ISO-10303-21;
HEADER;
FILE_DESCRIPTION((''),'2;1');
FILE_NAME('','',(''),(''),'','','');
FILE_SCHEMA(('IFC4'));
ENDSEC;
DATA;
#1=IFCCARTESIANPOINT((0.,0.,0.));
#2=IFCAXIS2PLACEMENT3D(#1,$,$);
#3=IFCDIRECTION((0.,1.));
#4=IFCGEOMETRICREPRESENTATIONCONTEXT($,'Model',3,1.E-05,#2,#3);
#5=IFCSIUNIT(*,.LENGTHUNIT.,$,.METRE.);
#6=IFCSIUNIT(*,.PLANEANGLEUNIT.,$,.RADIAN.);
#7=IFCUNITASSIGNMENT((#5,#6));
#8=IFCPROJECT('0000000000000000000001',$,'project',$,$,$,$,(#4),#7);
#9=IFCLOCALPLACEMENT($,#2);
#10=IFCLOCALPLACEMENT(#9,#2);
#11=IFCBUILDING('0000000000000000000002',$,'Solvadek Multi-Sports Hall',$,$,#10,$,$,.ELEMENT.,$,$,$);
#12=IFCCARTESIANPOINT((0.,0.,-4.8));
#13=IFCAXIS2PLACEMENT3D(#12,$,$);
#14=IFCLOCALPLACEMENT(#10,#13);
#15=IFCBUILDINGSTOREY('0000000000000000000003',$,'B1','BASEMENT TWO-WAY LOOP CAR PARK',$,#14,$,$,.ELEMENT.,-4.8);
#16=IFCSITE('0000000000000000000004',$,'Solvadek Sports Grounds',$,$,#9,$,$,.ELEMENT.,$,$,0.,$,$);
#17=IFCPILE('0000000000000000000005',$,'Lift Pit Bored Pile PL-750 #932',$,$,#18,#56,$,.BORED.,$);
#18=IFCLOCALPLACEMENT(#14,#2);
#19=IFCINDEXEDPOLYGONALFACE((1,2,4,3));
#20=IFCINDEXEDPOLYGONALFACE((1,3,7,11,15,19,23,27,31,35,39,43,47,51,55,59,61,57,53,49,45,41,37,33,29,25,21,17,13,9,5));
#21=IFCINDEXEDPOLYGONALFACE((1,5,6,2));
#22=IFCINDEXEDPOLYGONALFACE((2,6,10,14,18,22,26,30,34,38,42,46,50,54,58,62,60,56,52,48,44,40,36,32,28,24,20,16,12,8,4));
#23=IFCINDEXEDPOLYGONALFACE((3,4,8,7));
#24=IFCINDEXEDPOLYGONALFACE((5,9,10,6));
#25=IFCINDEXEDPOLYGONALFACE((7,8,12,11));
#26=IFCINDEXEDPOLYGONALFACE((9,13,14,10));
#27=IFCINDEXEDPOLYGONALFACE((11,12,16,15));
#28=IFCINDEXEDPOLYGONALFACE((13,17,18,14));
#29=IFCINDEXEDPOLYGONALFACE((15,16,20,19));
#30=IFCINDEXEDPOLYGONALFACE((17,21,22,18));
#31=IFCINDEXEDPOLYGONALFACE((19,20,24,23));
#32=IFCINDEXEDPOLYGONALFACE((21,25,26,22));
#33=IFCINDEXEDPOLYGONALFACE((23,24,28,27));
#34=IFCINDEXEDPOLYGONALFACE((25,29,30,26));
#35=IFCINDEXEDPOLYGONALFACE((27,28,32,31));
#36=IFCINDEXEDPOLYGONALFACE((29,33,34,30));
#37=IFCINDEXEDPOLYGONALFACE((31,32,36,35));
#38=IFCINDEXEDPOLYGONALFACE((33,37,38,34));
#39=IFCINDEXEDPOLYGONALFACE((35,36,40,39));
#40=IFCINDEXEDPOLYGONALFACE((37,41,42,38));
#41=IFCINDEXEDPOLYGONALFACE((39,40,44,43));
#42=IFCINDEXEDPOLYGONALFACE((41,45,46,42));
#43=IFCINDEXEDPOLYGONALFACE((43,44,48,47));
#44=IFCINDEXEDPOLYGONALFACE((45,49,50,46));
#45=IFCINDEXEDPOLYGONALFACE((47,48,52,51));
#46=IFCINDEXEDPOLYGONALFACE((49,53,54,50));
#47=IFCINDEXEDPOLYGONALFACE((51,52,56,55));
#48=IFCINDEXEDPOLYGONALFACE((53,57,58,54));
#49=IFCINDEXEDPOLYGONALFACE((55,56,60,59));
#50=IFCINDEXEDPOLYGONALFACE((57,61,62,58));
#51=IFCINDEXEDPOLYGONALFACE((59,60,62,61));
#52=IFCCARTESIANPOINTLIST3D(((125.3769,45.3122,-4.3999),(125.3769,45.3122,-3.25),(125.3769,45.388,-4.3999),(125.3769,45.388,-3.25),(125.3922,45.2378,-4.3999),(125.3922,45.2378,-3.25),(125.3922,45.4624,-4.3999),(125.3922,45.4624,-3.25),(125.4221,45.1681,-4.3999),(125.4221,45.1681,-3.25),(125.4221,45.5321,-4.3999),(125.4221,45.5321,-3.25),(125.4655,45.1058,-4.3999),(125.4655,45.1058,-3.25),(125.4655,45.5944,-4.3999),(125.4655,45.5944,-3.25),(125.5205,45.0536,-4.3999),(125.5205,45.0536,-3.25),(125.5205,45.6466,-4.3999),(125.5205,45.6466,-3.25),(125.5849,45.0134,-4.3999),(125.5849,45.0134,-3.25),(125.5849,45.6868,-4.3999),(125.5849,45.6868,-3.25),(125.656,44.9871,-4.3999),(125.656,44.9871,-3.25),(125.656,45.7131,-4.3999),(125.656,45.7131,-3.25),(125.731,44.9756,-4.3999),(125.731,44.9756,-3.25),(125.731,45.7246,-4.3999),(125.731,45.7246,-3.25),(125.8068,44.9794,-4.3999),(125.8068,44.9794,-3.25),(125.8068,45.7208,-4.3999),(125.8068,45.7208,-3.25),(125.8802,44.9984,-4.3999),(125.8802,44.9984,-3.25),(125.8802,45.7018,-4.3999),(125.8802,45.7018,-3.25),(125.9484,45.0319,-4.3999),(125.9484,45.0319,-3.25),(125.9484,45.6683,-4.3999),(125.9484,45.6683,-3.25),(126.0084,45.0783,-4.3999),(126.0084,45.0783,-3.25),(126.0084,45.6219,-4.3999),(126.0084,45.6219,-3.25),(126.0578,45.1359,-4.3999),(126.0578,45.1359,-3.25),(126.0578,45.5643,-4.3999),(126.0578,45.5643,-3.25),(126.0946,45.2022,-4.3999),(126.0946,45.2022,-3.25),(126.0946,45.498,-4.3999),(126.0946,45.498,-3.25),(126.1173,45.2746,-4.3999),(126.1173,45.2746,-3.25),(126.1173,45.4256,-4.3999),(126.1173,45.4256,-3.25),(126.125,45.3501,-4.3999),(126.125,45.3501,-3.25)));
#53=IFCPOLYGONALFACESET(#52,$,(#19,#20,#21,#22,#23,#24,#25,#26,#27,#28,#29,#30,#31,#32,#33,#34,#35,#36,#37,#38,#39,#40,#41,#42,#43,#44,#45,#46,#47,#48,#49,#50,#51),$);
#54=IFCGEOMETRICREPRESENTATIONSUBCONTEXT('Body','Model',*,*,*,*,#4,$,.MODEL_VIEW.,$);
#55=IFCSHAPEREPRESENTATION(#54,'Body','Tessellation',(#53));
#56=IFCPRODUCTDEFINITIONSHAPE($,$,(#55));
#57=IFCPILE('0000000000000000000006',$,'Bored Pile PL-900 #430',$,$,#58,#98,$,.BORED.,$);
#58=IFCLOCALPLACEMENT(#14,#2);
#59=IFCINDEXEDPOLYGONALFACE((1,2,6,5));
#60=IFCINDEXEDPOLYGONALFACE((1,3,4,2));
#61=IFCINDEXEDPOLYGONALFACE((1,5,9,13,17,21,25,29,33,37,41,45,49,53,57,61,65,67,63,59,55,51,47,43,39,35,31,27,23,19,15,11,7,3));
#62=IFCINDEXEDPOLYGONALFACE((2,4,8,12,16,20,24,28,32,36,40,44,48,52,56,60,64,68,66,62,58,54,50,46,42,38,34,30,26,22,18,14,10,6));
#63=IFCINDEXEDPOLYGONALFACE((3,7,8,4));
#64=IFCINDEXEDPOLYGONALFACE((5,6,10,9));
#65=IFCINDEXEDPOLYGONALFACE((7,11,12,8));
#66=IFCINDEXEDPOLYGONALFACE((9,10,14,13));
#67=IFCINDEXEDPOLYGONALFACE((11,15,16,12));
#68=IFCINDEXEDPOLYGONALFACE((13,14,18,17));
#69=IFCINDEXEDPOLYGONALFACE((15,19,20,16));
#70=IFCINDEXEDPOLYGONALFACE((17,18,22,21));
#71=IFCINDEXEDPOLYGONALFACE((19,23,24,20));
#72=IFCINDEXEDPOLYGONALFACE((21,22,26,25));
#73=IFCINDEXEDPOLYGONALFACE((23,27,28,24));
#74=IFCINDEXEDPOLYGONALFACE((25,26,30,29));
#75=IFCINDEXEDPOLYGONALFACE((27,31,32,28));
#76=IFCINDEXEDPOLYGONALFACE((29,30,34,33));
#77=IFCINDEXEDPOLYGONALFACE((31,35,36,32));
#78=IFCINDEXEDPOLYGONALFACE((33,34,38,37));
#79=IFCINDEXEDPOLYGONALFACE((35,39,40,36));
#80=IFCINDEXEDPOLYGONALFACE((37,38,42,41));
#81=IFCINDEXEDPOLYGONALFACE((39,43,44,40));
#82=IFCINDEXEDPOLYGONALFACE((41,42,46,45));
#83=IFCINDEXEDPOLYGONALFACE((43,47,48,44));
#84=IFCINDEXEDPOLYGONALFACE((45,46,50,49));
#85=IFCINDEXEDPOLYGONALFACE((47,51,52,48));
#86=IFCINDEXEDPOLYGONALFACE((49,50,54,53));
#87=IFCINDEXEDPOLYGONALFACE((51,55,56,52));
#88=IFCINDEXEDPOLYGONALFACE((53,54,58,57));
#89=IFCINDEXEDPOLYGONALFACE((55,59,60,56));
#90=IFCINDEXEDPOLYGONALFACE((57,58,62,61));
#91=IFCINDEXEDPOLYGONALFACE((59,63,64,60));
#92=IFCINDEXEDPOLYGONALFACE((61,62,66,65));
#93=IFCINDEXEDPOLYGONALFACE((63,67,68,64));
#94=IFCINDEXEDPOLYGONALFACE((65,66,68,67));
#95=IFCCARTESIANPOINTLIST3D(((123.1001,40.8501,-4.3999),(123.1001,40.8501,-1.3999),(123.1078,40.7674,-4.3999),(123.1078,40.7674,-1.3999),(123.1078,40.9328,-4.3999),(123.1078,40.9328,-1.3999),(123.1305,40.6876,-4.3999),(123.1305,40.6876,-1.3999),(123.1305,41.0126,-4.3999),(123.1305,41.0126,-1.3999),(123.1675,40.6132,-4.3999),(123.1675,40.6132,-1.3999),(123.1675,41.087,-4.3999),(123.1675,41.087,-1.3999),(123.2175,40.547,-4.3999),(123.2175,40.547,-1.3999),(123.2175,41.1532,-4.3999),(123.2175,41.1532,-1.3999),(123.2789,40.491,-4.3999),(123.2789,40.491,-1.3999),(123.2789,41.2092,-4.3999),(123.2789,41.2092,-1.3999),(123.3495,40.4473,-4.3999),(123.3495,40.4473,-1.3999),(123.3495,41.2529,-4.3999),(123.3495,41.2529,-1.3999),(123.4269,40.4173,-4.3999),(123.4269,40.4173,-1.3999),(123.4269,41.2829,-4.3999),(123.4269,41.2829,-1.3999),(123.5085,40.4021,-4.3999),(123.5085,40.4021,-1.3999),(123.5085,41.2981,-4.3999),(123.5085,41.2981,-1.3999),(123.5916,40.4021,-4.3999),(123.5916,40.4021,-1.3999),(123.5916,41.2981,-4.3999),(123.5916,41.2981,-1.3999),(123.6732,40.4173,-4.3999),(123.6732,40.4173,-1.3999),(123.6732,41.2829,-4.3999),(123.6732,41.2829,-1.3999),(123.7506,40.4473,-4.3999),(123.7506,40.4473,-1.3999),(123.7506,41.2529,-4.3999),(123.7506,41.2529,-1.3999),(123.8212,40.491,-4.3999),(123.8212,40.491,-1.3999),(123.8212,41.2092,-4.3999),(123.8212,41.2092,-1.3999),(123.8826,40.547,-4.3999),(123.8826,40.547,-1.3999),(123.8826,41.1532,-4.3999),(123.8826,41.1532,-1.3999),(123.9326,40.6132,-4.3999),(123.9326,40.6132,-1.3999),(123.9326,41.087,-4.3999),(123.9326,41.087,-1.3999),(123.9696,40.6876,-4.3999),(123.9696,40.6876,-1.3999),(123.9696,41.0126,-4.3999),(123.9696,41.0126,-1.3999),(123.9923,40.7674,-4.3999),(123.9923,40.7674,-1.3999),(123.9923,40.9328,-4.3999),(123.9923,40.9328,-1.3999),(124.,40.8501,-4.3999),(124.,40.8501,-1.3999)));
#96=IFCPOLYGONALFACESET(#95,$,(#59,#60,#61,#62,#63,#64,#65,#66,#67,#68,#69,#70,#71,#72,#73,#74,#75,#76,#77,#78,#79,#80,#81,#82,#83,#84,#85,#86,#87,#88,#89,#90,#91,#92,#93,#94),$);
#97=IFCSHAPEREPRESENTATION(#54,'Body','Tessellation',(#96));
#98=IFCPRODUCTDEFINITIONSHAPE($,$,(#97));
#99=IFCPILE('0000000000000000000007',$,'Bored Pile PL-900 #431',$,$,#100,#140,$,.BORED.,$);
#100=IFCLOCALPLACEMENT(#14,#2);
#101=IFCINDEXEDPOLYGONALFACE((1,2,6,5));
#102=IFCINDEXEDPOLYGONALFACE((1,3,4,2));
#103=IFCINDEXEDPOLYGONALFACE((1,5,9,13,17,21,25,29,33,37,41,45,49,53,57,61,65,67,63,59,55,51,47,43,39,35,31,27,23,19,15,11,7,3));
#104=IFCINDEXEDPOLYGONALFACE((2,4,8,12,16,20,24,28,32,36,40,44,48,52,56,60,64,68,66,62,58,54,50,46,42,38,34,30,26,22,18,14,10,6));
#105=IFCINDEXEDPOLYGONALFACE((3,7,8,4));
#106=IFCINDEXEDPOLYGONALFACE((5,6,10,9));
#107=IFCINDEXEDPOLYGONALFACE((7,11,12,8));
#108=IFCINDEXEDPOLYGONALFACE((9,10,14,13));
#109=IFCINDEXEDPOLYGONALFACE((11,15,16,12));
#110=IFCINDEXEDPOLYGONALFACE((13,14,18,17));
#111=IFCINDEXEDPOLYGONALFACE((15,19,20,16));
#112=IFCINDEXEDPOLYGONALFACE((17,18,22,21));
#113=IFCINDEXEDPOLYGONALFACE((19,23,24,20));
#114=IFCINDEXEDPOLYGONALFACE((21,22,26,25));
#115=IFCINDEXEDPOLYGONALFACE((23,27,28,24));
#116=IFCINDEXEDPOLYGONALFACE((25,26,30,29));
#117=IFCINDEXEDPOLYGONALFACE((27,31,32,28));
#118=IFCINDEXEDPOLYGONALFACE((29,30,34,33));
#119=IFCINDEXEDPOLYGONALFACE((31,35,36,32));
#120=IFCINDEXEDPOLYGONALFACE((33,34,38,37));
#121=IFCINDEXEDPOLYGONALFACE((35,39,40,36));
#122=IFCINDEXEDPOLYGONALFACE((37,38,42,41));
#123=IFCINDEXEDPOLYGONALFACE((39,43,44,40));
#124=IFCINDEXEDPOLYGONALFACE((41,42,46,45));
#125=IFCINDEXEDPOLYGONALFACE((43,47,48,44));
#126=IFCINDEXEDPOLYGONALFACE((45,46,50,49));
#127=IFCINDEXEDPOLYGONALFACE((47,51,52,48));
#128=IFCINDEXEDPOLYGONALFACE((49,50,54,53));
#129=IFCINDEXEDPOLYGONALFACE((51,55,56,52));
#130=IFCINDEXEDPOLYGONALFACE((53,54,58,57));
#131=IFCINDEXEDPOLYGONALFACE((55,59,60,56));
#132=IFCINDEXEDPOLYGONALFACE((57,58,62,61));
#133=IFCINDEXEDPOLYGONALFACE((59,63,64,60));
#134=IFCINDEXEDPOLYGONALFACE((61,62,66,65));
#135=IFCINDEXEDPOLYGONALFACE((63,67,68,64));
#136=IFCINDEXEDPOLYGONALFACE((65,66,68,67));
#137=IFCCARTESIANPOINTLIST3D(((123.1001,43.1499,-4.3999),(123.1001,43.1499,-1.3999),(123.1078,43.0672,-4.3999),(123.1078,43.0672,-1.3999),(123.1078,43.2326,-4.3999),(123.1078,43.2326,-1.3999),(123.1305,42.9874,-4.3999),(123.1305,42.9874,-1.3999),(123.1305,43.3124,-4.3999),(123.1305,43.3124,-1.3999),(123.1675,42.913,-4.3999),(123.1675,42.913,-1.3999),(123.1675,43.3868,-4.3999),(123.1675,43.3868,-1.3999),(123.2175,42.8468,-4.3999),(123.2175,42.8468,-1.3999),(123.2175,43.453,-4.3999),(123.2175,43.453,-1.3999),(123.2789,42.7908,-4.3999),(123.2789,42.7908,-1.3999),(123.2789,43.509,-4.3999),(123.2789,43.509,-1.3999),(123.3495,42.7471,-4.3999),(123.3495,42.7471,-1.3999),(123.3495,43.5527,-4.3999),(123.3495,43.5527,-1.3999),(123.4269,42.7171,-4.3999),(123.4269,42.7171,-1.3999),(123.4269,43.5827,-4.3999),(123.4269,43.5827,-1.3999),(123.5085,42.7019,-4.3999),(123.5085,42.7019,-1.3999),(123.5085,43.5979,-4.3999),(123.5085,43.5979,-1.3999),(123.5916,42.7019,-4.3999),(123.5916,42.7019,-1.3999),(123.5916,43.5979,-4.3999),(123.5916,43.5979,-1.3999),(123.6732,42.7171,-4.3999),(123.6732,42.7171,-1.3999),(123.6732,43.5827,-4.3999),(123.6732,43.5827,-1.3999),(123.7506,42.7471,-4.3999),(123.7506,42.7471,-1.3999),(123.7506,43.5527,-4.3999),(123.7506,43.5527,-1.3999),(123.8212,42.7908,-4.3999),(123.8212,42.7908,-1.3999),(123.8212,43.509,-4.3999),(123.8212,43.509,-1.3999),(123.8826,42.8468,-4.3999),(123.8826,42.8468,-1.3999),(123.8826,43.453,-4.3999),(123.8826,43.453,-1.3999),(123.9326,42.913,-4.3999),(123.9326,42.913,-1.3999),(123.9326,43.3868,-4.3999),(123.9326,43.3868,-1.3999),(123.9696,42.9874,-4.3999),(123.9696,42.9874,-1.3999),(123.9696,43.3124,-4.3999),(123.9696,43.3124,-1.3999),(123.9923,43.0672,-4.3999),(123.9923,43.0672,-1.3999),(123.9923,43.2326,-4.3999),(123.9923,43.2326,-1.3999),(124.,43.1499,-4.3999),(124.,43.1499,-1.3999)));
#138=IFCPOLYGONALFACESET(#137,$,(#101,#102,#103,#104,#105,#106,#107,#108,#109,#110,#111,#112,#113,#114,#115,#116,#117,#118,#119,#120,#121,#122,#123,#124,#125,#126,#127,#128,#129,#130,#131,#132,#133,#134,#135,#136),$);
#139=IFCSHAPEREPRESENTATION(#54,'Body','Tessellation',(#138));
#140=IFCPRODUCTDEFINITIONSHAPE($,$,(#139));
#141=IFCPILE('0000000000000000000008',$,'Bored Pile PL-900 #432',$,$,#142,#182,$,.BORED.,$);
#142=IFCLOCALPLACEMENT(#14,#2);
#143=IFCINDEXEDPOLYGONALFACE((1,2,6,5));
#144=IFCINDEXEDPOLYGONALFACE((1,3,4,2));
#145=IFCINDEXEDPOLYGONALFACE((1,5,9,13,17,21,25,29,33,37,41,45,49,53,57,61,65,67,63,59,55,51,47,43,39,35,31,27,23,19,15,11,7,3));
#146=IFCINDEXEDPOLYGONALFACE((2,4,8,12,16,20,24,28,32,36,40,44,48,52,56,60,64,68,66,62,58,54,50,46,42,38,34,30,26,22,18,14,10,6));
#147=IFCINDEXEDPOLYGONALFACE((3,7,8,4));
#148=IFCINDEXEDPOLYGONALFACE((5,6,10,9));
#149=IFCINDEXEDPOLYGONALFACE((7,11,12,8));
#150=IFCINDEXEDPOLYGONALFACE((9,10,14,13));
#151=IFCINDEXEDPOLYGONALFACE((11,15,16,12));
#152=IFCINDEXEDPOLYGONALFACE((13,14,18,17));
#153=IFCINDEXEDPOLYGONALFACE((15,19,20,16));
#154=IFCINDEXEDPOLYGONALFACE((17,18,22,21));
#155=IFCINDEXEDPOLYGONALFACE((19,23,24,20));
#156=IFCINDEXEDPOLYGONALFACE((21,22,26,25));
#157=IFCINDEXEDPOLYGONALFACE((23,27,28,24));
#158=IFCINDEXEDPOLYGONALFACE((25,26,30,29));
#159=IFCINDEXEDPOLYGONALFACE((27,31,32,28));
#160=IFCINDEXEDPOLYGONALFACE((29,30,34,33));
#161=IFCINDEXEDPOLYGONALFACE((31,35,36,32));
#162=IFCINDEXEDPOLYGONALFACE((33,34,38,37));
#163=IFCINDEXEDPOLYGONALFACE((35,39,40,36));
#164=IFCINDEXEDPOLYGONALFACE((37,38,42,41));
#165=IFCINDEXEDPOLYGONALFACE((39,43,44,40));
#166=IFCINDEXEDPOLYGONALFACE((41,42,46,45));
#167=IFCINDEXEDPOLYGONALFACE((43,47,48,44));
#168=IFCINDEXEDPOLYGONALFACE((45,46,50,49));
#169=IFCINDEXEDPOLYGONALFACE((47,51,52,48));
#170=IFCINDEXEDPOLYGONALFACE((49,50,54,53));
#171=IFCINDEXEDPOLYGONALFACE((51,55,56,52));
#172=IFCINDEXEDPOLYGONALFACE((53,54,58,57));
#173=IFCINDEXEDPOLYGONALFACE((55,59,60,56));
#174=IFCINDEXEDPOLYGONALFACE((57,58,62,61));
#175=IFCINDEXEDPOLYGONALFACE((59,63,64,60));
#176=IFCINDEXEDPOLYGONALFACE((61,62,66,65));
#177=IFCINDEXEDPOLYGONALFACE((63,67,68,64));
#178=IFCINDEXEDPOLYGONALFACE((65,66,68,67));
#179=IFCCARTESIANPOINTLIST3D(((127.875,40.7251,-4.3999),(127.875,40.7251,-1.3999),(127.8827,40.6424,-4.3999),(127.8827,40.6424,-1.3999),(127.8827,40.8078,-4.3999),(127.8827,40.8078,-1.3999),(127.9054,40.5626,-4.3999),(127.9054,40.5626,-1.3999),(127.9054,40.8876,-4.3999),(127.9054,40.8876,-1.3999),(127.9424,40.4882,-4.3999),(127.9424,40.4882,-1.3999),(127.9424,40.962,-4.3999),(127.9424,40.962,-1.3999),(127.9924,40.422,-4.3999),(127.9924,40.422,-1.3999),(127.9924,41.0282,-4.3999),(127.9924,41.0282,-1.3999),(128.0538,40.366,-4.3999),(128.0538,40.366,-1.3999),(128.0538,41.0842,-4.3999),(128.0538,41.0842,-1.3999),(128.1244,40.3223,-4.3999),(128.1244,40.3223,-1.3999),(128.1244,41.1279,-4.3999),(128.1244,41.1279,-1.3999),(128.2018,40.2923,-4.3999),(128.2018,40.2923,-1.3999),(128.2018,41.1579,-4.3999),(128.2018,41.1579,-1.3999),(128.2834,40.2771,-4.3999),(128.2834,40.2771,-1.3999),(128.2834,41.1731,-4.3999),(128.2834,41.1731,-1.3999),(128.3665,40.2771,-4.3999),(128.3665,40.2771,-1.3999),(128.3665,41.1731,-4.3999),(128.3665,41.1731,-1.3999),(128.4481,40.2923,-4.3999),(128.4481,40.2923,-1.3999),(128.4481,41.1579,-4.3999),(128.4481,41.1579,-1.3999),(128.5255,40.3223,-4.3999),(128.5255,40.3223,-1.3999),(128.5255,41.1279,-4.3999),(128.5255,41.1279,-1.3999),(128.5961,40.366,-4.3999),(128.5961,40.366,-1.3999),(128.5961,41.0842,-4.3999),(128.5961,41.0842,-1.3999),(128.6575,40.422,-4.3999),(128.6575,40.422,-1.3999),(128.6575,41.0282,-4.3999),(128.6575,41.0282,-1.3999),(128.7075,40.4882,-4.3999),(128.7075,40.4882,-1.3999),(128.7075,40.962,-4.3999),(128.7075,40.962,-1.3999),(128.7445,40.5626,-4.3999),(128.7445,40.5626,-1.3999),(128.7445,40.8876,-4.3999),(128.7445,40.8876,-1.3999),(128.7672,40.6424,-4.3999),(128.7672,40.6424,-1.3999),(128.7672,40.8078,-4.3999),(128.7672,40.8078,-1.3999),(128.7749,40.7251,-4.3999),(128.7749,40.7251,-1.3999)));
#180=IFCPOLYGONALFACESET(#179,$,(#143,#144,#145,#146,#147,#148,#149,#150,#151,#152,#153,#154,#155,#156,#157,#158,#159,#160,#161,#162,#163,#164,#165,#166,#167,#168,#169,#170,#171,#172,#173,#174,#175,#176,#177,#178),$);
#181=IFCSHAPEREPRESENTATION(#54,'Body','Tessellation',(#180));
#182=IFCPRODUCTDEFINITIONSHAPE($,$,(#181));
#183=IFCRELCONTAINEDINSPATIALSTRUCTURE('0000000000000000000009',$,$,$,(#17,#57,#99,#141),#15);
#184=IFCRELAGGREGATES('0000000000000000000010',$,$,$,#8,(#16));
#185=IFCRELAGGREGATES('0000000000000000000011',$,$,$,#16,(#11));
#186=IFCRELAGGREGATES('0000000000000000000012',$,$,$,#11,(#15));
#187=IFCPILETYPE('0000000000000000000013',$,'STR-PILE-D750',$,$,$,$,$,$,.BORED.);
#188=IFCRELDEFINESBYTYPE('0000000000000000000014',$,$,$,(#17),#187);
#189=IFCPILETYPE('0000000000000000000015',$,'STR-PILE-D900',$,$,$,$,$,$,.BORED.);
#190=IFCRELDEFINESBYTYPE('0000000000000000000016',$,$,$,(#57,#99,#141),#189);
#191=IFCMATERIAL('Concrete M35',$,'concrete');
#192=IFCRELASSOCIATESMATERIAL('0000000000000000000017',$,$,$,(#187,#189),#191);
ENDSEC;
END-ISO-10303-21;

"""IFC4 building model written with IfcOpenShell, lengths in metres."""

from ifc_helpers import new_model, si_unit, direction, frame, origin, origin_2d, place, context, subcontext, project, spatial, circle, extrude, material, material_profile, profile_set, type_object, element, save


model = new_model("IFC4")

# Units and contexts
model_context = context("Model", 3, precision=1e-05, world=origin(), true_north=direction((0.0, 1.0)))
body_context = subcontext(model_context, "Body", "Model", "MODEL_VIEW")
ifc_project = project(units=[si_unit("LENGTHUNIT", "METRE"), si_unit("PLANEANGLEUNIT", "RADIAN")], contexts=[model_context])

# Site, building, storey
site_placement = place(None, origin())
site = spatial("IfcSite", under=ifc_project, at=site_placement, Name="Solvadek Sports Grounds", CompositionType="ELEMENT", RefElevation=0.0)
building_placement = place(site_placement, origin())
building = spatial("IfcBuilding", under=site, at=building_placement, Name="Solvadek Multi-Sports Hall", CompositionType="ELEMENT")
storey_placement = place(building_placement, frame((0.0, 0.0, -4.8)))
storey = spatial("IfcBuildingStorey", under=building, at=storey_placement, Name="B1", Description="BASEMENT TWO-WAY LOOP CAR PARK", CompositionType="ELEMENT", Elevation=-4.8)

# Piles
ifc_material_1 = material(Name="Concrete M35", Category="concrete")
ifc_material_profile_1 = material_profile(ifc_material_1, circle(Radius=0.375, at=origin_2d()), Name="BORED PILE D750")
ifc_profile_set_1 = profile_set([ifc_material_profile_1], Name="Concrete M35")
pile_type_1 = type_object("IfcPileType", Name="STR-PILE-D750", PredefinedType="BORED", material=ifc_profile_set_1)
for number, where, z_axis, x_axis, name in (
    (1, (125.75, 45.3501, -3.25), (0.0, 0.0, -1.0), (1.0, 0.0, 0.0), "Lift Pit Bored Pile PL-750 #932"),
):
    element("IfcPile", number, at=place(storey_placement, frame(where, z_axis=z_axis, x_axis=x_axis)), inside=storey, type_object=pile_type_1, Name=name, PredefinedType="BORED", context=body_context, shape_type="SweptSolid", body=[
        extrude(circle(Radius=0.375, at=origin_2d()), origin(), (0.0, 0.0, 1.0), 1.1499),
    ])
ifc_material_profile_2 = material_profile(ifc_material_1, circle(Radius=0.45, at=origin_2d()), Name="BORED PILE D900")
ifc_profile_set_2 = profile_set([ifc_material_profile_2], Name="Concrete M35")
pile_type_2 = type_object("IfcPileType", Name="STR-PILE-D900", PredefinedType="BORED", material=ifc_profile_set_2)
for number, where, z_axis, x_axis, name in (
    (2, (123.55, 40.8501, -1.3999), (0.0, 0.0, -1.0), (1.0, 0.0, 0.0), "Bored Pile PL-900 #430"),
    (3, (123.55, 43.1499, -1.3999), (0.0, 0.0, -1.0), (1.0, 0.0, 0.0), "Bored Pile PL-900 #431"),
    (4, (128.325, 40.7251, -1.3999), (0.0, 0.0, -1.0), (1.0, 0.0, 0.0), "Bored Pile PL-900 #432"),
):
    element("IfcPile", number, at=place(storey_placement, frame(where, z_axis=z_axis, x_axis=x_axis)), inside=storey, type_object=pile_type_2, Name=name, PredefinedType="BORED", context=body_context, shape_type="SweptSolid", body=[
        extrude(circle(Radius=0.45, at=origin_2d()), origin(), (0.0, 0.0, 1.0), 3.0),
    ])

save(model, "model.ifc")
